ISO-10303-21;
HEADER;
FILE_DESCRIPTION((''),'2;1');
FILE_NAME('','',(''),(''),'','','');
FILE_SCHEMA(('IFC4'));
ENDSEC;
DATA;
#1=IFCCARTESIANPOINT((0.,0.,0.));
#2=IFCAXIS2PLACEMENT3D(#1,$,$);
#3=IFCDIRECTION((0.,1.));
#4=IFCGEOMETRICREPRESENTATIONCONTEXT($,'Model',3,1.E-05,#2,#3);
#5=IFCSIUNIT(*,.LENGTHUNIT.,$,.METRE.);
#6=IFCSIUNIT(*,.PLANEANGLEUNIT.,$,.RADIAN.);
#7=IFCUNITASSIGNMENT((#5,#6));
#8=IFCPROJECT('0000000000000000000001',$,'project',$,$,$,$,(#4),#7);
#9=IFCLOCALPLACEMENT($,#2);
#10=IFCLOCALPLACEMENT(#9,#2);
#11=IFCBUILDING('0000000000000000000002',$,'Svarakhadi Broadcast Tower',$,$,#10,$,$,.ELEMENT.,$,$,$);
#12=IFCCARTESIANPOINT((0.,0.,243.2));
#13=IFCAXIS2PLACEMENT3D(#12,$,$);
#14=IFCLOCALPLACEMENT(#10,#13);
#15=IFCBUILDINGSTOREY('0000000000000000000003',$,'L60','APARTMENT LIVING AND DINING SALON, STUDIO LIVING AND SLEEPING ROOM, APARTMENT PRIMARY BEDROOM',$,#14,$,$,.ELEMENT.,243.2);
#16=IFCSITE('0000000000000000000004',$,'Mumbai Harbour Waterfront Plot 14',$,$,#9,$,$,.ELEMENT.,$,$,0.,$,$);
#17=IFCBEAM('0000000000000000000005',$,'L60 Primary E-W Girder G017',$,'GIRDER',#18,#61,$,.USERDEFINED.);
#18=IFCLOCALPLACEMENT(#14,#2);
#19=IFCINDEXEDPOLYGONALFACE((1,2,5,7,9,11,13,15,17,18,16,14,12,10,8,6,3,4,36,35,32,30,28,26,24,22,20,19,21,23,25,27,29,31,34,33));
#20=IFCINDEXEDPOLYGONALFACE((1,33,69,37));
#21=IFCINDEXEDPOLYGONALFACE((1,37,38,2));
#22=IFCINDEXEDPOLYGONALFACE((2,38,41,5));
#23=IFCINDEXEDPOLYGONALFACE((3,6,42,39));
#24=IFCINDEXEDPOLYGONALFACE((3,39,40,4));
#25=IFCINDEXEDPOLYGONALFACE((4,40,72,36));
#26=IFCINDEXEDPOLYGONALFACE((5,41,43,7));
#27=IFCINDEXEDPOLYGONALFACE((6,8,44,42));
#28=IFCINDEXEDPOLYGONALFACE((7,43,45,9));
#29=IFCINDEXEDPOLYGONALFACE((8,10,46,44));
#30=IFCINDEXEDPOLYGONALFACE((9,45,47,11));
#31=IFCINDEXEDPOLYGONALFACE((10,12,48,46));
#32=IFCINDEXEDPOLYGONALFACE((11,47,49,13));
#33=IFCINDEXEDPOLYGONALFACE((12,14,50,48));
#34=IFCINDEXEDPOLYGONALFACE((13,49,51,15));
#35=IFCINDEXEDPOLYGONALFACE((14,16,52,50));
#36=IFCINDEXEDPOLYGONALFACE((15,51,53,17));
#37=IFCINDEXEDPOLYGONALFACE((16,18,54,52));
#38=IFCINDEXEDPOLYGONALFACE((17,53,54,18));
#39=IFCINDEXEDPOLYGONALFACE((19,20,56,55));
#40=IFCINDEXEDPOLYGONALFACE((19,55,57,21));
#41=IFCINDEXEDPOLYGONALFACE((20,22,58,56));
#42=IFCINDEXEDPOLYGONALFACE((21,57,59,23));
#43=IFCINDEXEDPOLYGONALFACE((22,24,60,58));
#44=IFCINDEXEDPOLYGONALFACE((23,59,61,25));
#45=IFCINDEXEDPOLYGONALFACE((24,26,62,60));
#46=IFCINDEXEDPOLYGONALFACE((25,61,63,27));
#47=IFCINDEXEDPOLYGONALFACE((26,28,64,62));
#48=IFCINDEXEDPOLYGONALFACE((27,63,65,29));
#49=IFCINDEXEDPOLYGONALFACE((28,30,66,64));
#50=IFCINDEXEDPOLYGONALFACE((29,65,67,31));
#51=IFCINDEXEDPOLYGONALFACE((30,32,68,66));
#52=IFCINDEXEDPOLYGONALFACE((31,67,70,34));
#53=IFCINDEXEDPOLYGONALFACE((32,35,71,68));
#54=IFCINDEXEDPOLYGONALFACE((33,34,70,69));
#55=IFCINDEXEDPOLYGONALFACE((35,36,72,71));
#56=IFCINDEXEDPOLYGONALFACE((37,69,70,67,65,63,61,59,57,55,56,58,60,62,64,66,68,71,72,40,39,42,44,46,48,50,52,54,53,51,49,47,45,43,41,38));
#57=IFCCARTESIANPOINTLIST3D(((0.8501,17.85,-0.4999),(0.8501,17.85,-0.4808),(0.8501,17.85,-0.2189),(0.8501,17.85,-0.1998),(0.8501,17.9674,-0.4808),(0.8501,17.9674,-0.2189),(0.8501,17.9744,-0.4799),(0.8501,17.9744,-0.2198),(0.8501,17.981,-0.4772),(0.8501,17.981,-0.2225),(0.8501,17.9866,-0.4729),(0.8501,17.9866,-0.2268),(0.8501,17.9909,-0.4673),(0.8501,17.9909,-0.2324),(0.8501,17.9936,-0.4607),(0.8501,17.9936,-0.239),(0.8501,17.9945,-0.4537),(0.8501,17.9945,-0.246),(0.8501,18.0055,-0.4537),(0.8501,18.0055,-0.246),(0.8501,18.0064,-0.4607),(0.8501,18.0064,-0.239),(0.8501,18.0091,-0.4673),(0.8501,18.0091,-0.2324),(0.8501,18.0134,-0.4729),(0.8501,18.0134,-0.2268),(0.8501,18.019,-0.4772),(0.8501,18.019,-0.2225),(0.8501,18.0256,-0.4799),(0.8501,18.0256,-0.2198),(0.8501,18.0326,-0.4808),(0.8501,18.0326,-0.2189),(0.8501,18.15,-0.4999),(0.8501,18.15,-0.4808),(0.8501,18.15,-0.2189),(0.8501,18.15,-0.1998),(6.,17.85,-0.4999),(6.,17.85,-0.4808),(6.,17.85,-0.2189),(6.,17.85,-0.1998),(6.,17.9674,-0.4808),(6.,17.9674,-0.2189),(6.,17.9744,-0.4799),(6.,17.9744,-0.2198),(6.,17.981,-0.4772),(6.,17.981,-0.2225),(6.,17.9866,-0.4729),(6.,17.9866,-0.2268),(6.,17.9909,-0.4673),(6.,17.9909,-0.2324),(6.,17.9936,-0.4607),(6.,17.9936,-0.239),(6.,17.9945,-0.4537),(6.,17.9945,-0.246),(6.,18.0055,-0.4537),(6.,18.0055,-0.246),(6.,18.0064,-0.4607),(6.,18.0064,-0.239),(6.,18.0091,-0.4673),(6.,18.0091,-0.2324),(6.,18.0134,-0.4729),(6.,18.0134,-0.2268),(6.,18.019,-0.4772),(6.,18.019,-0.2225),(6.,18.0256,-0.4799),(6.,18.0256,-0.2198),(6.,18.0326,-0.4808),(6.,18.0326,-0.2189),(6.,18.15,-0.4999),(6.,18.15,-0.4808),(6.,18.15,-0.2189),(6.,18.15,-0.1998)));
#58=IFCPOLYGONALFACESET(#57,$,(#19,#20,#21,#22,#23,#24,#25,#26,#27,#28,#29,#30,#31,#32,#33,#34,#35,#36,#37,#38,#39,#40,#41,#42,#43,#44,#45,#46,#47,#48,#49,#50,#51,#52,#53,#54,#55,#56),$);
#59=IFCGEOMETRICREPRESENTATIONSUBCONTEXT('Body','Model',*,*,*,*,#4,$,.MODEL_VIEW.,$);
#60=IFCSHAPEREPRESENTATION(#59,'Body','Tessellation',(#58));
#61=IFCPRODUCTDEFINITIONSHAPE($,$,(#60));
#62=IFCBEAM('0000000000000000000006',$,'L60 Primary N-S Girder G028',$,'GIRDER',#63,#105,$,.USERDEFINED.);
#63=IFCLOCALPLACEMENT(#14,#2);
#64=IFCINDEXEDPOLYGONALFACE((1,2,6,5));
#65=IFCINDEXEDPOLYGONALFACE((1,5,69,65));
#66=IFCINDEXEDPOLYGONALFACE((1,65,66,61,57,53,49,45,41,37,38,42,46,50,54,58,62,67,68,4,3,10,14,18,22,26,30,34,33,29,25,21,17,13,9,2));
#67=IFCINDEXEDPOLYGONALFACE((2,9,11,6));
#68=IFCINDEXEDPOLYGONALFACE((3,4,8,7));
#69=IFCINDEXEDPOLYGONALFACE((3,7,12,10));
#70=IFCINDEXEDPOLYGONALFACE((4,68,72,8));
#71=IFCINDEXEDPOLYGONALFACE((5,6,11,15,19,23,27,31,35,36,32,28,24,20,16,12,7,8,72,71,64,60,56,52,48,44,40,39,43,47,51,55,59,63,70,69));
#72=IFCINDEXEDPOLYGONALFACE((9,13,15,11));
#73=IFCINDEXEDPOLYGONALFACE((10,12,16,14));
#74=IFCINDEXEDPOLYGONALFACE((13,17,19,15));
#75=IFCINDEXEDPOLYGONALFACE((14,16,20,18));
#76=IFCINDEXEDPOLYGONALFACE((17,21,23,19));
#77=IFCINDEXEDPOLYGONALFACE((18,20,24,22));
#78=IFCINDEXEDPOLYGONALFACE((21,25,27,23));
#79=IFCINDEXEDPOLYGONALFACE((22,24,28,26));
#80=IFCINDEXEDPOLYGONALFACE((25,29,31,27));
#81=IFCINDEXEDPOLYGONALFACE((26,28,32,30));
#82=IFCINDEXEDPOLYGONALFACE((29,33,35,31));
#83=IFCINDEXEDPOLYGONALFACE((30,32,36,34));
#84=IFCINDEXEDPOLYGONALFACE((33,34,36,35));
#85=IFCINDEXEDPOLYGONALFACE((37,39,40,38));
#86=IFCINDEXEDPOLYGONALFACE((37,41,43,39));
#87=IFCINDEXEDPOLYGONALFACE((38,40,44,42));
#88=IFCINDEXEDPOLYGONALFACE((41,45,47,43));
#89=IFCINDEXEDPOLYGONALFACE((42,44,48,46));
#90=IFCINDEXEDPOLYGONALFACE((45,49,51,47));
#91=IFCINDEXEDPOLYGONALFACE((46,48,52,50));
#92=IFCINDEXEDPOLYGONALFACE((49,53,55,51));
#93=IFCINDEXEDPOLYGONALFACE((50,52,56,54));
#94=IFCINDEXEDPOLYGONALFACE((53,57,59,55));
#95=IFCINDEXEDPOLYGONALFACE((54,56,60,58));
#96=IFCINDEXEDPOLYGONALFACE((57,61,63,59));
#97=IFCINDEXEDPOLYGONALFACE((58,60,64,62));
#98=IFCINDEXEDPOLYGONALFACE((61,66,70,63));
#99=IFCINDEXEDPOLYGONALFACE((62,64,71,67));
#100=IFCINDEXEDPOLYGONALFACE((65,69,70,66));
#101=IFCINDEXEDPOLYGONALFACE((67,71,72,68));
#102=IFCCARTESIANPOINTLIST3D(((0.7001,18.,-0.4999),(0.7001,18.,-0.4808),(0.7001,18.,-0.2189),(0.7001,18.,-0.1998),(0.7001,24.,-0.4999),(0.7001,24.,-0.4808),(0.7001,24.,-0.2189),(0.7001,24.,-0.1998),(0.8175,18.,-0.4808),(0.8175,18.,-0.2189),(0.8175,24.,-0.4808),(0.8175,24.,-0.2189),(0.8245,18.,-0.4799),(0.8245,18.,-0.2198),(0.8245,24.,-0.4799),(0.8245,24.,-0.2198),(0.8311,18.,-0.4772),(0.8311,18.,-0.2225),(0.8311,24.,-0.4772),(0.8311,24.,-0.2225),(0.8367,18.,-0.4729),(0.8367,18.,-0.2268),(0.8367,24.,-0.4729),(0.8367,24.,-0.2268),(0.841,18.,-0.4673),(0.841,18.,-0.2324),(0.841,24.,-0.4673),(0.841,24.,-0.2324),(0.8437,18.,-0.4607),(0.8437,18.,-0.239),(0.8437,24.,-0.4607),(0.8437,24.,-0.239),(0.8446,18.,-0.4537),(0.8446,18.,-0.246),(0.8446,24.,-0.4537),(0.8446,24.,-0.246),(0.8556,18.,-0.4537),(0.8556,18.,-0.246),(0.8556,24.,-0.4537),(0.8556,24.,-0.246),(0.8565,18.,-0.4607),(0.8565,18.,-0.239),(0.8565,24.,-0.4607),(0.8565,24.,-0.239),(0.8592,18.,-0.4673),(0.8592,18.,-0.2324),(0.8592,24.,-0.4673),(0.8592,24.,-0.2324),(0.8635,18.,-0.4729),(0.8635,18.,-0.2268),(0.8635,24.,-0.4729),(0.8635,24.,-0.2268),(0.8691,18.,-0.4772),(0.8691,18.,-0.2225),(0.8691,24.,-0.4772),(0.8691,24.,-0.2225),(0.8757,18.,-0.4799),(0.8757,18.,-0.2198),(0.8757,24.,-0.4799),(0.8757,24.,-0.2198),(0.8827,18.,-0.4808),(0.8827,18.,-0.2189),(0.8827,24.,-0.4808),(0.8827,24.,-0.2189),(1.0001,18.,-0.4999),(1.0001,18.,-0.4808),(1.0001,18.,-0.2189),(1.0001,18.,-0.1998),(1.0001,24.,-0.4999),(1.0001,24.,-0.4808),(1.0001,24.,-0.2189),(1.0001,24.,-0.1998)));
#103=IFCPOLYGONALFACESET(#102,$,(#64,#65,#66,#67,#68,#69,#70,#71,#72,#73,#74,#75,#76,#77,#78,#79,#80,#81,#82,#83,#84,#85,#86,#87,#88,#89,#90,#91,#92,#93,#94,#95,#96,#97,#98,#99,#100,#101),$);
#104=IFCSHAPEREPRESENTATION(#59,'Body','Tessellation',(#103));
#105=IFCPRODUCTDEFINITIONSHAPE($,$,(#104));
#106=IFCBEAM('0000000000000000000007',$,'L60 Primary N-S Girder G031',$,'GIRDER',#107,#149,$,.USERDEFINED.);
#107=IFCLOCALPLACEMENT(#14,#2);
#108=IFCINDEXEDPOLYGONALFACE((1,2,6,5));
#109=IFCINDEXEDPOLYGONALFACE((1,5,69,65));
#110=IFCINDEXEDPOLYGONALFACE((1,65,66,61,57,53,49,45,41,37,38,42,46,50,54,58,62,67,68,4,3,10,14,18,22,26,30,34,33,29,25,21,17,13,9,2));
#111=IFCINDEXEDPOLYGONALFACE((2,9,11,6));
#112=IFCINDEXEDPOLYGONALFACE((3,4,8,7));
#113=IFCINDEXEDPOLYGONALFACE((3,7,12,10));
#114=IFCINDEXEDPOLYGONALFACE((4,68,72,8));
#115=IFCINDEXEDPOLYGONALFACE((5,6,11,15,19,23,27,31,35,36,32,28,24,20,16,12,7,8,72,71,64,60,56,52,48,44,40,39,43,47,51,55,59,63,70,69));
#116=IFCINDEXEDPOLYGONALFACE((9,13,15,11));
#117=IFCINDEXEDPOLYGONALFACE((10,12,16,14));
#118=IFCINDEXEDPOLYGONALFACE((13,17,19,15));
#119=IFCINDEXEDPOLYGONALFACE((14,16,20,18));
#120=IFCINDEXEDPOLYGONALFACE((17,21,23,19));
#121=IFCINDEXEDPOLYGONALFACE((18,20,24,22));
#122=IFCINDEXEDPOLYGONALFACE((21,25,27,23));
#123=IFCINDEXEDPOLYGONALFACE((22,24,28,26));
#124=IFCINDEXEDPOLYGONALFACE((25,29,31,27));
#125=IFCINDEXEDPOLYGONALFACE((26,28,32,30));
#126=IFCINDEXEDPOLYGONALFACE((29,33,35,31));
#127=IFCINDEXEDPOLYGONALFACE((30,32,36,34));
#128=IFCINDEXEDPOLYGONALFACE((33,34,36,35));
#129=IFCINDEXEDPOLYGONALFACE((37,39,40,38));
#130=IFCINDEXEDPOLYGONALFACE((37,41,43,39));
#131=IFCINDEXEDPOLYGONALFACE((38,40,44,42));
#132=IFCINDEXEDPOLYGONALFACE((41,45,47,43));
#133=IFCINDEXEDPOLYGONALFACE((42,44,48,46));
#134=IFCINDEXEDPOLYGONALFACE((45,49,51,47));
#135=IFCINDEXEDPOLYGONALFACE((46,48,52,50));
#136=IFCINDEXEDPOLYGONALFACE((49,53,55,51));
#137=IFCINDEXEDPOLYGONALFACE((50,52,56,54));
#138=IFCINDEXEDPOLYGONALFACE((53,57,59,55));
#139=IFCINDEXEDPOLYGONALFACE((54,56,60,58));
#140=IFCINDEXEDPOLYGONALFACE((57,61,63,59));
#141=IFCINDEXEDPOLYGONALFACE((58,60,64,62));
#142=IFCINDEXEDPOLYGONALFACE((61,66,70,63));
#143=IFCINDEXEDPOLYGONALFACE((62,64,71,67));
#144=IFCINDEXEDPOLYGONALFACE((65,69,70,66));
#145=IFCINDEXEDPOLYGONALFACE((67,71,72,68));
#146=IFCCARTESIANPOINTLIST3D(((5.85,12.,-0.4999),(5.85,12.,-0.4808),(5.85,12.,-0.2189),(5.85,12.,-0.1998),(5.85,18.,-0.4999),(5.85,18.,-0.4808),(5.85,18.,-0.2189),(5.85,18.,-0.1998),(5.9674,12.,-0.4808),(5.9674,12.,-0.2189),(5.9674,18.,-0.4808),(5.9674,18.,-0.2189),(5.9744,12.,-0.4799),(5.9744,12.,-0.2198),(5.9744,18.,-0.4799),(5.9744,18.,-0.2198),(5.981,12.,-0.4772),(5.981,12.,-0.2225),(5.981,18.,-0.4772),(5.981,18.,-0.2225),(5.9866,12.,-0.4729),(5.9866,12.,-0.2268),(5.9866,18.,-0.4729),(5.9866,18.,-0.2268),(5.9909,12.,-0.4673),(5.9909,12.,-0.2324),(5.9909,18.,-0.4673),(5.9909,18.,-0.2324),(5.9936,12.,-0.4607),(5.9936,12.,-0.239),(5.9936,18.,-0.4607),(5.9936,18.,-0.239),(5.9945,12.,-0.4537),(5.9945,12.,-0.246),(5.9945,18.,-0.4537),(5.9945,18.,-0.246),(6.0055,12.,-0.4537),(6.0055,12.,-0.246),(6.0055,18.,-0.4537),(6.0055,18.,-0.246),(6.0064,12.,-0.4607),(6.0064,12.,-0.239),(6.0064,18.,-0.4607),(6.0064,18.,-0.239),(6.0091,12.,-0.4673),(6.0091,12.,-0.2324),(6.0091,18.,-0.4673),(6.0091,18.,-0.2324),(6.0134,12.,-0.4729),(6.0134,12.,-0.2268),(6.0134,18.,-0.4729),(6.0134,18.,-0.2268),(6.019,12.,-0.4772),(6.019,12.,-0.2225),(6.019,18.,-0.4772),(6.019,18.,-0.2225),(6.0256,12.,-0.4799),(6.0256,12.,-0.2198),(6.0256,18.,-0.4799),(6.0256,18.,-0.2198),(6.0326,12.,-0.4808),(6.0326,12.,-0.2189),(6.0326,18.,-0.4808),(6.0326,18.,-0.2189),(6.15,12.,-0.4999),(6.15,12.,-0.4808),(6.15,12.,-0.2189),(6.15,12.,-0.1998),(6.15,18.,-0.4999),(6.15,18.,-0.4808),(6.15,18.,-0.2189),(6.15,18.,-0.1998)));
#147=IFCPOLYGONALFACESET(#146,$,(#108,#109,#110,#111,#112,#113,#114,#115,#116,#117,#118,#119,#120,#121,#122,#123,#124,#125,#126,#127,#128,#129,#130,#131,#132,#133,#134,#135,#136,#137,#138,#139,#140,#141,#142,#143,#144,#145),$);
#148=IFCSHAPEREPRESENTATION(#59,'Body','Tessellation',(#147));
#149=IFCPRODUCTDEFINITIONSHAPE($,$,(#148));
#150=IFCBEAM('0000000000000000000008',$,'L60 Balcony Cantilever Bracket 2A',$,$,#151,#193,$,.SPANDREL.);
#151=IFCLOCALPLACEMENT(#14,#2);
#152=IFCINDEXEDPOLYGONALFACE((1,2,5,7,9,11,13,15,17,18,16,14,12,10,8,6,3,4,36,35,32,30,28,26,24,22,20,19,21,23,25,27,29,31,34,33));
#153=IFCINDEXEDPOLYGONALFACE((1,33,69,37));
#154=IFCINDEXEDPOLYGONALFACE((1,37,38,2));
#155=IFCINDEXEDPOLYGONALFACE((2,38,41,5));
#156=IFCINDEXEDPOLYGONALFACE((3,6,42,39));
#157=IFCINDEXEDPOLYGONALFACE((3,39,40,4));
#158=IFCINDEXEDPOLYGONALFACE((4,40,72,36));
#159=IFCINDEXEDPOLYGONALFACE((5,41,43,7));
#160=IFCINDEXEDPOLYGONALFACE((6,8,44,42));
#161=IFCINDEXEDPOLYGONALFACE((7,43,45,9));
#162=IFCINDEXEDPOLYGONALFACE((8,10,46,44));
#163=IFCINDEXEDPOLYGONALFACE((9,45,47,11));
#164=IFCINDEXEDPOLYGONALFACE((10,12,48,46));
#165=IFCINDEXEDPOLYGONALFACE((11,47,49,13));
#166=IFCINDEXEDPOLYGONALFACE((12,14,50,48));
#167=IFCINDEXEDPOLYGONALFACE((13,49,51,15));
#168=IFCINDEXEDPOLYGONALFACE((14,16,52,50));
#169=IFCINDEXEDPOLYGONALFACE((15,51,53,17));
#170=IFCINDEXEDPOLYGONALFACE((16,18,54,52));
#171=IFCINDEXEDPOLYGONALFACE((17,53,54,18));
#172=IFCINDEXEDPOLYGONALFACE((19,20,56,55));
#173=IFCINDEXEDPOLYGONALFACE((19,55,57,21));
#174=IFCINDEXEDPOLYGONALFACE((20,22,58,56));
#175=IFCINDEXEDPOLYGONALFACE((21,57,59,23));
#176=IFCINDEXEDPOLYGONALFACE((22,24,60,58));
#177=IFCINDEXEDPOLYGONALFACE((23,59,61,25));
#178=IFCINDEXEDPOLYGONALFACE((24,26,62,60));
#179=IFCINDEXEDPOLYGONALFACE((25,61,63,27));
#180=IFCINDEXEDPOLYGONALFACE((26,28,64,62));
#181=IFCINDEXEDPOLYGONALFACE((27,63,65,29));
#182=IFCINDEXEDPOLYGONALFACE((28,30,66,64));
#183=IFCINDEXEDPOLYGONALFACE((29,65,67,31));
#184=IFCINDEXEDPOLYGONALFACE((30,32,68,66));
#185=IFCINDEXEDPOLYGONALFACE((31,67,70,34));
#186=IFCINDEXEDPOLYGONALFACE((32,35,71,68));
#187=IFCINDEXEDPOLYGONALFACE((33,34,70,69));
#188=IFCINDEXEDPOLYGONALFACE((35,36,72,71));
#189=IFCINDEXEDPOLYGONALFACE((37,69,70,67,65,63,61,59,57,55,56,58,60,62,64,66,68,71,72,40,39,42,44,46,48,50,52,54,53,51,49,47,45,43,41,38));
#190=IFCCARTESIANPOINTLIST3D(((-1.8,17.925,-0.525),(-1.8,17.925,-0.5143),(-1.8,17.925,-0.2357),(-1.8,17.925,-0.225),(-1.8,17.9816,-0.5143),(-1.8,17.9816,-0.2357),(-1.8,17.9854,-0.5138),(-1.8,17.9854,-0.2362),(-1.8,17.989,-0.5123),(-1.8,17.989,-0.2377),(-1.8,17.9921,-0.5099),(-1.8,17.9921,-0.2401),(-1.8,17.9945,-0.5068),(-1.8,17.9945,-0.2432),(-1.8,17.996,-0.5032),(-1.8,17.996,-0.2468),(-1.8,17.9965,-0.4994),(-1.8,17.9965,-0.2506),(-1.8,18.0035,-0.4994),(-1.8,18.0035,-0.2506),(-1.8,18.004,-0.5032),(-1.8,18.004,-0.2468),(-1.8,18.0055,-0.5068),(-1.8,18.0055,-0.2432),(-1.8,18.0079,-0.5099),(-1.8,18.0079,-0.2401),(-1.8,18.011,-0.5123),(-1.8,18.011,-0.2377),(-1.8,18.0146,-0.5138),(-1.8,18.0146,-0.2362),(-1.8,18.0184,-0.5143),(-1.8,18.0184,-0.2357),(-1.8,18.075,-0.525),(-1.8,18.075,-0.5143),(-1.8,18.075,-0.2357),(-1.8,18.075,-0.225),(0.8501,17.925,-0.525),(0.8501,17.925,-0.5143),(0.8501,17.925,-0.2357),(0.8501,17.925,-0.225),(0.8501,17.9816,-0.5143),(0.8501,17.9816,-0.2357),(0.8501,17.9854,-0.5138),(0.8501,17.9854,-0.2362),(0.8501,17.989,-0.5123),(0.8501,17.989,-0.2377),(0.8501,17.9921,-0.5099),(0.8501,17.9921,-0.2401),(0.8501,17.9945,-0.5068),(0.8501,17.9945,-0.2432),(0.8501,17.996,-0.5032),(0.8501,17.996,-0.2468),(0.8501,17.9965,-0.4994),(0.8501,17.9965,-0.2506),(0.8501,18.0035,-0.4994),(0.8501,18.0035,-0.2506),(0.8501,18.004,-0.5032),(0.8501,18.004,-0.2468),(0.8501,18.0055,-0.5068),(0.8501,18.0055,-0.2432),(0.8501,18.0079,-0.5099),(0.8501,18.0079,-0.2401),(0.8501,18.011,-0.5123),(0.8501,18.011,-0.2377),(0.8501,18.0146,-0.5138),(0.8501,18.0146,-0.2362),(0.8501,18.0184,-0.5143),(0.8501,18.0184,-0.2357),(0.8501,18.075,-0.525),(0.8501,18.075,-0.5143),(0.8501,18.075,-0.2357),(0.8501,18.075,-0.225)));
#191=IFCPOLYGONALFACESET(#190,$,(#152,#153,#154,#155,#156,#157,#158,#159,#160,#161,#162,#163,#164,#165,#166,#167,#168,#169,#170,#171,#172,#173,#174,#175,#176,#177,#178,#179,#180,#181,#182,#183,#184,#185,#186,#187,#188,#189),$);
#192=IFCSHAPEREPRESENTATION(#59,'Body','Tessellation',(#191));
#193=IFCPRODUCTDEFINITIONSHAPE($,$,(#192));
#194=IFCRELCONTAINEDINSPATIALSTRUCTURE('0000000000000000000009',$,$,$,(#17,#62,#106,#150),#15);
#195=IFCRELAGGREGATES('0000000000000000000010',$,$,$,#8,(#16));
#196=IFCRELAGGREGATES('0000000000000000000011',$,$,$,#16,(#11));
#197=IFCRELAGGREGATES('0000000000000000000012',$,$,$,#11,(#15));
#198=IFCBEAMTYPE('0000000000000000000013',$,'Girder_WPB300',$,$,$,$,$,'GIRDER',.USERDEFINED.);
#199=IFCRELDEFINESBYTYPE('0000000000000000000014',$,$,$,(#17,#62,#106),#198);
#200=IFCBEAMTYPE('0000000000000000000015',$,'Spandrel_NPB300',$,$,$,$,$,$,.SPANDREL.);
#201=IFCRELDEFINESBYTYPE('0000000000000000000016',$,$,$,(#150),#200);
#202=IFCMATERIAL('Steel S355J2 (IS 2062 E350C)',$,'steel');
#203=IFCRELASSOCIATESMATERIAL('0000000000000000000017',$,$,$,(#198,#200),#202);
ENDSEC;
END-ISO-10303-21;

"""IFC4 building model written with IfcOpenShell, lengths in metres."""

from ifc_helpers import new_model, si_unit, direction, frame, origin, origin_2d, place, context, subcontext, project, spatial, i_section, extrude, material, material_profile, profile_set, type_object, element, save


model = new_model("IFC4")

# Units and contexts
model_context = context("Model", 3, precision=1e-05, world=origin(), true_north=direction((0.0, 1.0)))
body_context = subcontext(model_context, "Body", "Model", "MODEL_VIEW")
ifc_project = project(units=[si_unit("LENGTHUNIT", "METRE"), si_unit("PLANEANGLEUNIT", "RADIAN")], contexts=[model_context])

# Site, building, storey
site_placement = place(None, origin())
site = spatial("IfcSite", under=ifc_project, at=site_placement, Name="Mumbai Harbour Waterfront Plot 14", CompositionType="ELEMENT", RefElevation=0.0)
building_placement = place(site_placement, origin())
building = spatial("IfcBuilding", under=site, at=building_placement, Name="Svarakhadi Broadcast Tower", CompositionType="ELEMENT")
storey_placement = place(building_placement, frame((0.0, 0.0, 243.2)))
storey = spatial("IfcBuildingStorey", under=building, at=storey_placement, Name="L60", Description="APARTMENT LIVING AND DINING SALON, STUDIO LIVING AND SLEEPING ROOM, APARTMENT PRIMARY BEDROOM", CompositionType="ELEMENT", Elevation=243.2)

# Shared definitions
ifc_material_1 = material(Name="Steel S355J2 (IS 2062 E350C)", Category="steel")

# Beams
ifc_material_profile_1 = material_profile(ifc_material_1, i_section(OverallWidth=0.3, OverallDepth=0.3, WebThickness=0.011, FlangeThickness=0.019, FilletRadius=0.0271, at=origin_2d()), Name="WPB 300x300x117")
ifc_profile_set_1 = profile_set([ifc_material_profile_1], Name="Steel S355J2 (IS 2062 E350C)")
beam_type_1 = type_object("IfcBeamType", Name="Girder_WPB300", ElementType="GIRDER", PredefinedType="USERDEFINED", material=ifc_profile_set_1)
beam_1_placement = place(storey_placement, frame((0.8501, 18.0, -0.3499), z_axis=(1.0, 0.0, 0.0), x_axis=(0.0, 1.0, 0.0)))
element("IfcBeam", 1, at=beam_1_placement, inside=storey, type_object=beam_type_1, Name="L60 Primary E-W Girder G017", ObjectType="GIRDER", PredefinedType="USERDEFINED", context=body_context, shape_type="SweptSolid", body=[
    extrude(i_section(OverallWidth=0.3, OverallDepth=0.3, WebThickness=0.011, FlangeThickness=0.019, FilletRadius=0.0271, at=origin_2d()), origin(), (0.0, 0.0, 1.0), 5.1499),
])
for number, where, z_axis, x_axis, name in (
    (2, (0.8501, 18.0, -0.3499), (0.0, 1.0, 0.0), (-1.0, 0.0, 0.0), "L60 Primary N-S Girder G028"),
    (3, (6.0, 12.0, -0.3499), (0.0, 1.0, 0.0), (-1.0, 0.0, 0.0), "L60 Primary N-S Girder G031"),
):
    element("IfcBeam", number, at=place(storey_placement, frame(where, z_axis=z_axis, x_axis=x_axis)), inside=storey, type_object=beam_type_1, Name=name, ObjectType="GIRDER", PredefinedType="USERDEFINED", context=body_context, shape_type="SweptSolid", body=[
        extrude(i_section(OverallWidth=0.3, OverallDepth=0.3, WebThickness=0.011, FlangeThickness=0.019, FilletRadius=0.0271, at=origin_2d()), origin(), (0.0, 0.0, 1.0), 6.0),
    ])
ifc_material_profile_2 = material_profile(ifc_material_1, i_section(OverallWidth=0.1499, OverallDepth=0.3, WebThickness=0.0071, FlangeThickness=0.0107, FilletRadius=0.0149, at=origin_2d()), Name="NPB 300x150x37")
ifc_profile_set_2 = profile_set([ifc_material_profile_2], Name="Steel S355J2 (IS 2062 E350C)")
beam_type_2 = type_object("IfcBeamType", Name="Spandrel_NPB300", PredefinedType="SPANDREL", material=ifc_profile_set_2)
beam_2_placement = place(storey_placement, frame((0.8501, 18.0, -0.375), z_axis=(-1.0, 0.0, 0.0), x_axis=(0.0, -1.0, 0.0)))
element("IfcBeam", 4, at=beam_2_placement, inside=storey, type_object=beam_type_2, Name="L60 Balcony Cantilever Bracket 2A", PredefinedType="SPANDREL", context=body_context, shape_type="SweptSolid", body=[
    extrude(i_section(OverallWidth=0.1499, OverallDepth=0.3, WebThickness=0.0071, FlangeThickness=0.0107, FilletRadius=0.0149, at=origin_2d()), origin(), (0.0, 0.0, 1.0), 2.6501),
])

save(model, "model.ifc")
